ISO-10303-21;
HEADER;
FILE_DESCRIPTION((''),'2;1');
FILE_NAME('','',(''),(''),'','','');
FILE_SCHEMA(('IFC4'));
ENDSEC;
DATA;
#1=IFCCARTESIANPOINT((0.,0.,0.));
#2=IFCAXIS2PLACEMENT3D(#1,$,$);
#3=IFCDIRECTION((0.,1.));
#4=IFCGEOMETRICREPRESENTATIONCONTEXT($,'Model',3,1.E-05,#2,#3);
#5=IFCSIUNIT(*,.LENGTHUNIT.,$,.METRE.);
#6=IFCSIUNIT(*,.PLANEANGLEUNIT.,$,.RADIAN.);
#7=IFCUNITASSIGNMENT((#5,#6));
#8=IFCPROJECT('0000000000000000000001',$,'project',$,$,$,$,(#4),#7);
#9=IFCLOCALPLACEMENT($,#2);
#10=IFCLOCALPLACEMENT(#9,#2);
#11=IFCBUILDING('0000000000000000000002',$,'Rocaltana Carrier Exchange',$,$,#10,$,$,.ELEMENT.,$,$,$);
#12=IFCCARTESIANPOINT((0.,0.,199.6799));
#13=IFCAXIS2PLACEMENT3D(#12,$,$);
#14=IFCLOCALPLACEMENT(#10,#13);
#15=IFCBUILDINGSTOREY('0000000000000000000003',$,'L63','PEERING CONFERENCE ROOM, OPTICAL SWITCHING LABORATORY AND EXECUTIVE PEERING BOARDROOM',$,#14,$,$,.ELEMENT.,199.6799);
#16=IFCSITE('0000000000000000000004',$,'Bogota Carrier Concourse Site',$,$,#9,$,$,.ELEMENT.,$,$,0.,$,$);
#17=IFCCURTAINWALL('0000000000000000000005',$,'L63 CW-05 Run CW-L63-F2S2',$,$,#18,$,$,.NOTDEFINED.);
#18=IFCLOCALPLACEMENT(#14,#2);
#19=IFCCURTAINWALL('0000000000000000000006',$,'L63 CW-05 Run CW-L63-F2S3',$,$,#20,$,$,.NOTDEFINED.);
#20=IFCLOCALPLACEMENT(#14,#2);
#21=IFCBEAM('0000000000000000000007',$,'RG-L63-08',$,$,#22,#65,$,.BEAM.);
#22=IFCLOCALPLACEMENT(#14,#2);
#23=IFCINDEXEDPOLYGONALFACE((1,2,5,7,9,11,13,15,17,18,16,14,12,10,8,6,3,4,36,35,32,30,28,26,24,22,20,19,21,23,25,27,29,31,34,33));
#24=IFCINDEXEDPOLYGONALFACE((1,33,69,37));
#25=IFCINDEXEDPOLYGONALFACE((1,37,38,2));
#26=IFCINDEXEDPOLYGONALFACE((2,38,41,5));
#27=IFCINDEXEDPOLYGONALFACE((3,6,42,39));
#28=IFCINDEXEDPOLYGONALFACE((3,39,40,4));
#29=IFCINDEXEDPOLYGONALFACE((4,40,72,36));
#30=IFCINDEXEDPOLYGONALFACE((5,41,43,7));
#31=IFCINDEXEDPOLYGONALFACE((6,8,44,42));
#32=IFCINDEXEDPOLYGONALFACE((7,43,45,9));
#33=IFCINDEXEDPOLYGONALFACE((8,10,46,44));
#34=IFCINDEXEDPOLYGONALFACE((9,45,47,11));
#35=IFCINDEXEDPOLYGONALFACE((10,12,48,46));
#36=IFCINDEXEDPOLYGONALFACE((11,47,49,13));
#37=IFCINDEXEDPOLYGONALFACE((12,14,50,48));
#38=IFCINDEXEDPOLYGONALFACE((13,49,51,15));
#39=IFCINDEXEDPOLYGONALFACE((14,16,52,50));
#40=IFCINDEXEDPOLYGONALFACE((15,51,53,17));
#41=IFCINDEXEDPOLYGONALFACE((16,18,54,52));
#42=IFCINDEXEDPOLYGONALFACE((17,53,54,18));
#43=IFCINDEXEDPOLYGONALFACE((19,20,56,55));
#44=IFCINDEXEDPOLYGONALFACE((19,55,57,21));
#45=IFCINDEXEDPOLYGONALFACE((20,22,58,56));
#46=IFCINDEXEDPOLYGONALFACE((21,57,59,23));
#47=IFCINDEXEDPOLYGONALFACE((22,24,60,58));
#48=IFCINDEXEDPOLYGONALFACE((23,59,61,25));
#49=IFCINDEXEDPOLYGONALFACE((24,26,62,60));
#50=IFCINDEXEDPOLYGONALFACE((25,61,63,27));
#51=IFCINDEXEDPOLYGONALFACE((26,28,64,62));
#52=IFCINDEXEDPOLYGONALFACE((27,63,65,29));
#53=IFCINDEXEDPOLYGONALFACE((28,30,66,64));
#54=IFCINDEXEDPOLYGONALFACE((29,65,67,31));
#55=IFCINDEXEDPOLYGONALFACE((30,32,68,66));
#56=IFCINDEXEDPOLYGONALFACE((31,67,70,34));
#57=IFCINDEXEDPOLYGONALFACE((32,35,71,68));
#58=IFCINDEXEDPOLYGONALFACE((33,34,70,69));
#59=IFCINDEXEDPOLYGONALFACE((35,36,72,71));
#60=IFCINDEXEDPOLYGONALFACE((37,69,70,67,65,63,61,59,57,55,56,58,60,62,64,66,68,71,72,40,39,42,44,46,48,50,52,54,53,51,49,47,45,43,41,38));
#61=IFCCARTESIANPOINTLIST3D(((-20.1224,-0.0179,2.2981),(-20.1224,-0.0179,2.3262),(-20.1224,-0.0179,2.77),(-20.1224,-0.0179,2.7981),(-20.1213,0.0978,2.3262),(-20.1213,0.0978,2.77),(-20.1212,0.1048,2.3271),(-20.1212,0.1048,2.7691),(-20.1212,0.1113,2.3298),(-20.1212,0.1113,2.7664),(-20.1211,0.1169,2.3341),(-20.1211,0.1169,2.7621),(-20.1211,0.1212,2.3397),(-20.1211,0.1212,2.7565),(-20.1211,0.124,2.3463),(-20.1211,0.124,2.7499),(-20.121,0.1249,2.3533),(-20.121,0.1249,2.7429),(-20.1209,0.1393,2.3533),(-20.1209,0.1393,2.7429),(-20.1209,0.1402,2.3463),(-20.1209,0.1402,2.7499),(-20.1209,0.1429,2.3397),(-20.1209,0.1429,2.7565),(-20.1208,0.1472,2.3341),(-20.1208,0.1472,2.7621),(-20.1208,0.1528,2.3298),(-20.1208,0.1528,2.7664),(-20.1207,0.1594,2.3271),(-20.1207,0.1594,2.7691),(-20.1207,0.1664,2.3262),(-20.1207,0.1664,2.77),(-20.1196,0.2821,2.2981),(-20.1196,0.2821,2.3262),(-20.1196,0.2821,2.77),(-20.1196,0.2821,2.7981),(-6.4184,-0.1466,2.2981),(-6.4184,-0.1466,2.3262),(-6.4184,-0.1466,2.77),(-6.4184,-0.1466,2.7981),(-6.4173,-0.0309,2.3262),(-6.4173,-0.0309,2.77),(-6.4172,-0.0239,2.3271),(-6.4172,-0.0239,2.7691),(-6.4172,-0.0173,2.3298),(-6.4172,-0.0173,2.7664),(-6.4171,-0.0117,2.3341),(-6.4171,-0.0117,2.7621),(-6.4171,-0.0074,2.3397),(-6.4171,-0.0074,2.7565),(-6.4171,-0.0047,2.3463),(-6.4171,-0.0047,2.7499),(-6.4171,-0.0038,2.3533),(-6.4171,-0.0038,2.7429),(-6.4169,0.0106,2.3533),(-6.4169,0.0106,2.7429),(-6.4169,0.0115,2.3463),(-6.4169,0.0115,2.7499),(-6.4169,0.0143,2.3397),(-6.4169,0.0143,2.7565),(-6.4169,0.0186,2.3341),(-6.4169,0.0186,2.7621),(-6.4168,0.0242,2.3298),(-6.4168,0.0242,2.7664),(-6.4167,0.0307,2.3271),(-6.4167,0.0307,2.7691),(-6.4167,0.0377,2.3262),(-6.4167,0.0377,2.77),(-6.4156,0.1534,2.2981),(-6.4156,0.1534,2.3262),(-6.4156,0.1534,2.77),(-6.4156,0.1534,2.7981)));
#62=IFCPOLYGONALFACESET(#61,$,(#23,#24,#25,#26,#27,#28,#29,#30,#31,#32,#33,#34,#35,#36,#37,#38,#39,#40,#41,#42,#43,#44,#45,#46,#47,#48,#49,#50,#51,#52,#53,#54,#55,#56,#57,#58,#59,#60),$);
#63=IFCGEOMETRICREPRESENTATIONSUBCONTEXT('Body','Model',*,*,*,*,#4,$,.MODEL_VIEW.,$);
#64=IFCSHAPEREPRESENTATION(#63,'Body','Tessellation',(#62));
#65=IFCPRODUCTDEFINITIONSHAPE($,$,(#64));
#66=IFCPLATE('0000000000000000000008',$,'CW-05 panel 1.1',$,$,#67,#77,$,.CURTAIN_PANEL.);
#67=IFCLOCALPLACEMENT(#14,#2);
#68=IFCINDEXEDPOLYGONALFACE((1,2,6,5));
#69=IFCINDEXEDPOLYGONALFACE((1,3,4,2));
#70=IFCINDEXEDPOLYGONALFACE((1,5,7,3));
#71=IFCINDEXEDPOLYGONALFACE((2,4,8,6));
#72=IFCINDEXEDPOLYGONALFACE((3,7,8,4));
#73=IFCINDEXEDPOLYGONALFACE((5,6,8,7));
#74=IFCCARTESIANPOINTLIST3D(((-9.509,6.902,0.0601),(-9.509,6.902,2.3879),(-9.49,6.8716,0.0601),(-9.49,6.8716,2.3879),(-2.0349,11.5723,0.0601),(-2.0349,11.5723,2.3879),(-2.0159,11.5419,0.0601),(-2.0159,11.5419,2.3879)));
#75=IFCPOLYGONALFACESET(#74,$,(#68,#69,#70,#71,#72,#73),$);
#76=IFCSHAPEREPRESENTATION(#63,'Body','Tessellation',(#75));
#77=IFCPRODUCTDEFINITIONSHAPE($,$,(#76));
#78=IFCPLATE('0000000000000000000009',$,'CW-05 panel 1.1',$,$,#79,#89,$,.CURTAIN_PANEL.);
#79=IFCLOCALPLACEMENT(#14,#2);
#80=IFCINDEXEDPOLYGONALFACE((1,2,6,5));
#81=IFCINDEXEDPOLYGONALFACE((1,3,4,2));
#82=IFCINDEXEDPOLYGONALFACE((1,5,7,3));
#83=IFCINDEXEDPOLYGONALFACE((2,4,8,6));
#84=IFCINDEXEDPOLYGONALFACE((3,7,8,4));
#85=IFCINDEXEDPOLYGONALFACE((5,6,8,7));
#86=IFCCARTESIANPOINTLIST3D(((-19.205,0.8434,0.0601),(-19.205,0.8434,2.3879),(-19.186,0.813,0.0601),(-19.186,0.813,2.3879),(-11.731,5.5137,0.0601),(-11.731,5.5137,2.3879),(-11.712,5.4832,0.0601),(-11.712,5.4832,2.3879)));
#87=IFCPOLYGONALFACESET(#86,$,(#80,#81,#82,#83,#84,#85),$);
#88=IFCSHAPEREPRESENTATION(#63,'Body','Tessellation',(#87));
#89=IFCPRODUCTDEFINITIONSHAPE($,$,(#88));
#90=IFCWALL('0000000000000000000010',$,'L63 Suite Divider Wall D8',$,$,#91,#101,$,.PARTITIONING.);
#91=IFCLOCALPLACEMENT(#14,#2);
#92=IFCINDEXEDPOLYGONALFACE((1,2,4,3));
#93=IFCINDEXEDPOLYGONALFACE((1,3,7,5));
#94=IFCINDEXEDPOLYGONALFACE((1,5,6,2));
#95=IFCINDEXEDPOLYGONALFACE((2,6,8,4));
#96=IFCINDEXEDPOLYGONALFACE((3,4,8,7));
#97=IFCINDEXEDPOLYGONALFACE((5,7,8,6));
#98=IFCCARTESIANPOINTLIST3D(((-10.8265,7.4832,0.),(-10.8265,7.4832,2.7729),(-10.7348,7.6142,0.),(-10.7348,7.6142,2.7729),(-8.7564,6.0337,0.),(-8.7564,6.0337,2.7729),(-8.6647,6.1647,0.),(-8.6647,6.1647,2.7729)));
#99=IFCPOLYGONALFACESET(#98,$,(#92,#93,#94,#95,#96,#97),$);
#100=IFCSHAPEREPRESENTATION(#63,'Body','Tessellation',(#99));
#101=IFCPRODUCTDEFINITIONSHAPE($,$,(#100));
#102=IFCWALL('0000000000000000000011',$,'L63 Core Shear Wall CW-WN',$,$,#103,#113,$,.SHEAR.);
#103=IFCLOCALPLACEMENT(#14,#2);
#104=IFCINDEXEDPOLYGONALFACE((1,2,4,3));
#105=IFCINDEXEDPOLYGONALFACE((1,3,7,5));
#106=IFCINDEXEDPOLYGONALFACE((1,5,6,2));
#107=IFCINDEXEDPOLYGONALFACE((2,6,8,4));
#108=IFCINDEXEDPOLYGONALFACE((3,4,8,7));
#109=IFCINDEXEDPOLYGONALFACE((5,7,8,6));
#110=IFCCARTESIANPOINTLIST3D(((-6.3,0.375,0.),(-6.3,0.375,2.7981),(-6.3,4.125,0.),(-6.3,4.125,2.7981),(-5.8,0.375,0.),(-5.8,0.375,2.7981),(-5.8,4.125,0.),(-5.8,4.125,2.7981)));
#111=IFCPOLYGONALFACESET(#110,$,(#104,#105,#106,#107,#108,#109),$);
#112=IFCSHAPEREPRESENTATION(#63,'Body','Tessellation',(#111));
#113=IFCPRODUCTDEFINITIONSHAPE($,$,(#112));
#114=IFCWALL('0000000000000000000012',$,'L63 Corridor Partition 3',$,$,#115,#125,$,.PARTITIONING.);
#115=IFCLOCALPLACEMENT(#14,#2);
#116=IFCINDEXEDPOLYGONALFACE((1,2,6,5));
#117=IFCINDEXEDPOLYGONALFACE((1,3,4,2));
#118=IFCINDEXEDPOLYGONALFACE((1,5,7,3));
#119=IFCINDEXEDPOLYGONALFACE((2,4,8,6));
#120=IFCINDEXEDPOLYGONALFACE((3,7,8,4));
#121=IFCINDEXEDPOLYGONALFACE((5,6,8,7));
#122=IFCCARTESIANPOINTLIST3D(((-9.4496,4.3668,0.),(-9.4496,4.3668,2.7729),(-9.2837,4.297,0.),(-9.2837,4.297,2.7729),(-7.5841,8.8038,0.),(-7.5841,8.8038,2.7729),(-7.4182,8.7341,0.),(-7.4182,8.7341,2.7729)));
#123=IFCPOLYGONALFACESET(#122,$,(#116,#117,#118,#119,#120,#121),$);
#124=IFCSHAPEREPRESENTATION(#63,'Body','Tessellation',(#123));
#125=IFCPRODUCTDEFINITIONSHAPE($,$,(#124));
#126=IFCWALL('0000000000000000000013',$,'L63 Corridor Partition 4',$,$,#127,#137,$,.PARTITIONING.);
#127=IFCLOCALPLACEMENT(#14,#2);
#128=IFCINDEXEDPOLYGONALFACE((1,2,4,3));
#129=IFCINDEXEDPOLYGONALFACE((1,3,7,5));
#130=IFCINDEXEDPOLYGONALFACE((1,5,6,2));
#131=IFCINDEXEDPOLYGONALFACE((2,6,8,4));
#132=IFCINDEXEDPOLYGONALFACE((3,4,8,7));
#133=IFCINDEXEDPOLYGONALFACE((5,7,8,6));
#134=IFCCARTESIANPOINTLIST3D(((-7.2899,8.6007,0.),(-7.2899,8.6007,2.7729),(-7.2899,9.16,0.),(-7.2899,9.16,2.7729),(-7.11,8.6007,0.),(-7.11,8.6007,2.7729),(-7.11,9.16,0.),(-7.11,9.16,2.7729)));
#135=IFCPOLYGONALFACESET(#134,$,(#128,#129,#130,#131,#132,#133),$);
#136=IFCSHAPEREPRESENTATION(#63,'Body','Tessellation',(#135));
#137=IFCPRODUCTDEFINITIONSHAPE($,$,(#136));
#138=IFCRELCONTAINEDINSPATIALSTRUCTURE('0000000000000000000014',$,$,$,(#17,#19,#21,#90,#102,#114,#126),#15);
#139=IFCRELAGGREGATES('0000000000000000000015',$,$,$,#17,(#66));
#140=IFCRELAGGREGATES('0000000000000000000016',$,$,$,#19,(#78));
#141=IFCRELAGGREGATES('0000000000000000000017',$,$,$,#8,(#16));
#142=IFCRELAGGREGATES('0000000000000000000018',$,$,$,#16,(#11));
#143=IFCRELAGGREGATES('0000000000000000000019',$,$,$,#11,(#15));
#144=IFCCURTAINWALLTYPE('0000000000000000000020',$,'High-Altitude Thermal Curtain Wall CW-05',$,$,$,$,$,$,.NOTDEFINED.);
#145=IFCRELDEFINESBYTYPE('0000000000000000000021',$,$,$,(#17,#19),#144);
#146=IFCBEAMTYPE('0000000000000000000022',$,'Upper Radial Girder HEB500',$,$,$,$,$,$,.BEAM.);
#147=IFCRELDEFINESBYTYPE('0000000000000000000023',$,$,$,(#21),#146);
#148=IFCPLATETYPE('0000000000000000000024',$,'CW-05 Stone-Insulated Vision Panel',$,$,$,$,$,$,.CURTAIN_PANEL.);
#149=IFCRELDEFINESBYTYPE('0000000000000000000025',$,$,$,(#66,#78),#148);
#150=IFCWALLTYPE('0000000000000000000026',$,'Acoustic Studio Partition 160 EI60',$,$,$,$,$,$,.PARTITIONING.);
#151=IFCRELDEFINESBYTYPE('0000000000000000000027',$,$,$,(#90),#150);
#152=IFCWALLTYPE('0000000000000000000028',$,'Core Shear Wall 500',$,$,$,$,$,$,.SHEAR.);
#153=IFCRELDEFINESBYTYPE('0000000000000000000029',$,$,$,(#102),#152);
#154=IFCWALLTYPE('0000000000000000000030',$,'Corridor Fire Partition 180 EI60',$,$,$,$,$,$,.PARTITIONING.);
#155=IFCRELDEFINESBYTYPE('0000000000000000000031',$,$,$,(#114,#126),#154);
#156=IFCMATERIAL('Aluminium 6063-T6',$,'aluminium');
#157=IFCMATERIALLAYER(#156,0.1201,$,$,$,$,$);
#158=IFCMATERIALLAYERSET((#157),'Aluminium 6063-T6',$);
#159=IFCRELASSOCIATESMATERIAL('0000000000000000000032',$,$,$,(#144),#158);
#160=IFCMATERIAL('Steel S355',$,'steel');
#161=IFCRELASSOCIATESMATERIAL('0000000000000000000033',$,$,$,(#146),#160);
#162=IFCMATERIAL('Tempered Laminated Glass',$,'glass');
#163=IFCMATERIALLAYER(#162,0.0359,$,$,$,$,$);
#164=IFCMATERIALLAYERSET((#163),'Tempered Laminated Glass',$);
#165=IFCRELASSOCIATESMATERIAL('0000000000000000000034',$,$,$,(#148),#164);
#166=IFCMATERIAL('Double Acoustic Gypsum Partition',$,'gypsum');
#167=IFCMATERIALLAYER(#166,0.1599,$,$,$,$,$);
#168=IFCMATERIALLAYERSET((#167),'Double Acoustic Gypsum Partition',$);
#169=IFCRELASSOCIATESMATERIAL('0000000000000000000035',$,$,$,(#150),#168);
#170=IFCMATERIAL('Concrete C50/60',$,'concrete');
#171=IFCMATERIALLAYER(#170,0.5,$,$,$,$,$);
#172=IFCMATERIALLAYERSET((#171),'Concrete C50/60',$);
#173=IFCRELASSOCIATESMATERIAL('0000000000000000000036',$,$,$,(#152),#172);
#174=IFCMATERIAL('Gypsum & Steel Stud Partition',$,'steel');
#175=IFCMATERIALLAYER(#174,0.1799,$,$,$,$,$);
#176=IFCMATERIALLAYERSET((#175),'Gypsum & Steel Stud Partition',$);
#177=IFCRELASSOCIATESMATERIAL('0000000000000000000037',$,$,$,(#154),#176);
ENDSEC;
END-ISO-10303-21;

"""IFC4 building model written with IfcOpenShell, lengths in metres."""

from ifc_helpers import new_model, si_unit, direction, frame, frame_2d, origin, origin_2d, place, context, subcontext, project, spatial, rectangle, i_section, extrude, material, layer, layer_set, material_profile, profile_set, type_object, element, aggregate, save


model = new_model("IFC4")

# Units and contexts
model_context = context("Model", 3, precision=1e-05, world=origin(), true_north=direction((0.0, 1.0)))
body_context = subcontext(model_context, "Body", "Model", "MODEL_VIEW")
ifc_project = project(units=[si_unit("LENGTHUNIT", "METRE"), si_unit("PLANEANGLEUNIT", "RADIAN")], contexts=[model_context])

# Site, building, storey
site_placement = place(None, origin())
site = spatial("IfcSite", under=ifc_project, at=site_placement, Name="Bogota Carrier Concourse Site", CompositionType="ELEMENT", RefElevation=0.0)
building_placement = place(site_placement, origin())
building = spatial("IfcBuilding", under=site, at=building_placement, Name="Rocaltana Carrier Exchange", CompositionType="ELEMENT")
storey_placement = place(building_placement, frame((0.0, 0.0, 199.6799)))
storey = spatial("IfcBuildingStorey", under=building, at=storey_placement, Name="L63", Description="PEERING CONFERENCE ROOM, OPTICAL SWITCHING LABORATORY AND EXECUTIVE PEERING BOARDROOM", CompositionType="ELEMENT", Elevation=199.6799)

# Curtain wall
ifc_material_1 = material(Name="Aluminium 6063-T6", Category="aluminium")
ifc_layer_1 = layer(ifc_material_1, 0.1201)
ifc_layer_set_1 = layer_set([ifc_layer_1], Name="Aluminium 6063-T6")
curtain_wall_type = type_object("IfcCurtainWallType", Name="High-Altitude Thermal Curtain Wall CW-05", PredefinedType="NOTDEFINED", material=ifc_layer_set_1)
curtain_wall_1_placement = place(storey_placement, origin())
curtain_wall_1 = element("IfcCurtainWall", 1, at=curtain_wall_1_placement, inside=storey, type_object=curtain_wall_type, Name="L63 CW-05 Run CW-L63-F2S2", PredefinedType="NOTDEFINED")

# Curtain wall
curtain_wall_2_placement = place(storey_placement, origin())
curtain_wall_2 = element("IfcCurtainWall", 2, at=curtain_wall_2_placement, inside=storey, type_object=curtain_wall_type, Name="L63 CW-05 Run CW-L63-F2S3", PredefinedType="NOTDEFINED")

# Beam
ifc_material_2 = material(Name="Steel S355", Category="steel")
ifc_material_profile_1 = material_profile(ifc_material_2, i_section(OverallWidth=0.3, OverallDepth=0.5, WebThickness=0.0144, FlangeThickness=0.0281, FilletRadius=0.0271, at=origin_2d()), Name="HEB500")
ifc_profile_set_1 = profile_set([ifc_material_profile_1], Name="Steel S355")
beam_type_1 = type_object("IfcBeamType", Name="Upper Radial Girder HEB500", PredefinedType="BEAM", material=ifc_profile_set_1)
beam_1_placement = place(storey_placement, frame((-6.417, 0.0034, 2.5481), z_axis=(-0.999956, 0.009388, 0.0), x_axis=(-0.009388, -0.999956, 0.0)))
element("IfcBeam", 3, at=beam_1_placement, inside=storey, type_object=beam_type_1, Name="RG-L63-08", PredefinedType="BEAM", context=body_context, shape_type="SweptSolid", body=[
    extrude(i_section(OverallWidth=0.3, OverallDepth=0.5, WebThickness=0.0144, FlangeThickness=0.0281, FilletRadius=0.0271, at=origin_2d()), origin(), (0.0, 0.0, 1.0), 13.7046),
])

# Plates
ifc_material_3 = material(Name="Tempered Laminated Glass", Category="glass")
ifc_layer_2 = layer(ifc_material_3, 0.0359)
ifc_layer_set_2 = layer_set([ifc_layer_2], Name="Tempered Laminated Glass")
plate_type = type_object("IfcPlateType", Name="CW-05 Stone-Insulated Vision Panel", PredefinedType="CURTAIN_PANEL", material=ifc_layer_set_2)
plate_1_placement = place(storey_placement, frame((-5.7625, 9.2219, 0.0601), z_axis=(0.0, 0.0, 1.0), x_axis=(-0.848047, -0.52992, 0.0)))
plate_1 = element("IfcPlate", 4, at=plate_1_placement, type_object=plate_type, Name="CW-05 panel 1.1", PredefinedType="CURTAIN_PANEL", context=body_context, shape_type="SweptSolid", body=[
    extrude(rectangle(XDim=8.8132, YDim=0.0359, at=origin_2d()), origin(), (0.0, 0.0, 1.0), 2.3279),
])
aggregate(curtain_wall_1, [plate_1])
plate_2_placement = place(storey_placement, frame((-15.4585, 3.1633, 0.0601), z_axis=(0.0, 0.0, 1.0), x_axis=(-0.84805, -0.529915, 0.0)))
plate_2 = element("IfcPlate", 5, at=plate_2_placement, type_object=plate_type, Name="CW-05 panel 1.1", PredefinedType="CURTAIN_PANEL", context=body_context, shape_type="SweptSolid", body=[
    extrude(rectangle(XDim=8.8132, YDim=0.0359, at=origin_2d()), origin(), (0.0, 0.0, 1.0), 2.3279),
])
aggregate(curtain_wall_2, [plate_2])

# Walls
ifc_material_4 = material(Name="Double Acoustic Gypsum Partition", Category="gypsum")
ifc_layer_3 = layer(ifc_material_4, 0.1599)
ifc_layer_set_3 = layer_set([ifc_layer_3], Name="Double Acoustic Gypsum Partition")
wall_type_1 = type_object("IfcWallType", Name="Acoustic Studio Partition 160 EI60", PredefinedType="PARTITIONING", material=ifc_layer_set_3)
wall_1_placement = place(storey_placement, frame((-8.7104, 6.0991, 0.0), z_axis=(0.0, 0.0, 1.0), x_axis=(-0.819155, 0.573573, 0.0)))
element("IfcWall", 6, at=wall_1_placement, inside=storey, type_object=wall_type_1, Name="L63 Suite Divider Wall D8", PredefinedType="PARTITIONING", context=body_context, shape_type="SweptSolid", body=[
    extrude(rectangle(XDim=2.5271, YDim=0.1599, at=frame_2d((1.2637, 0.0))), origin(), (0.0, 0.0, 1.0), 2.7729),
])
ifc_material_5 = material(Name="Concrete C50/60", Category="concrete")
ifc_layer_4 = layer(ifc_material_5, 0.5)
ifc_layer_set_4 = layer_set([ifc_layer_4], Name="Concrete C50/60")
wall_type_2 = type_object("IfcWallType", Name="Core Shear Wall 500", PredefinedType="SHEAR", material=ifc_layer_set_4)
wall_2_placement = place(storey_placement, frame((-6.05, 0.375, 0.0), z_axis=(0.0, 0.0, 1.0), x_axis=(0.0, 1.0, 0.0)))
element("IfcWall", 7, at=wall_2_placement, inside=storey, type_object=wall_type_2, Name="L63 Core Shear Wall CW-WN", PredefinedType="SHEAR", context=body_context, shape_type="SweptSolid", body=[
    extrude(rectangle(XDim=3.75, YDim=0.5, at=frame_2d((1.875, 0.0))), origin(), (0.0, 0.0, 1.0), 2.7981),
])
ifc_material_6 = material(Name="Gypsum & Steel Stud Partition", Category="steel")
ifc_layer_5 = layer(ifc_material_6, 0.1799)
ifc_layer_set_5 = layer_set([ifc_layer_5], Name="Gypsum & Steel Stud Partition")
wall_type_3 = type_object("IfcWallType", Name="Corridor Fire Partition 180 EI60", PredefinedType="PARTITIONING", material=ifc_layer_set_5)
wall_3_placement = place(storey_placement, frame((-9.3667, 4.3318, 0.0), z_axis=(0.0, 0.0, 1.0), x_axis=(0.387574, 0.921839, 0.0)))
element("IfcWall", 8, at=wall_3_placement, inside=storey, type_object=wall_type_3, Name="L63 Corridor Partition 3", PredefinedType="PARTITIONING", context=body_context, shape_type="SweptSolid", body=[
    extrude(rectangle(XDim=4.8132, YDim=0.1799, at=frame_2d((2.4067, 0.0))), origin(), (0.0, 0.0, 1.0), 2.7729),
])
wall_4_placement = place(storey_placement, frame((-7.2, 8.6006, 0.0), z_axis=(0.0, 0.0, 1.0), x_axis=(0.0, 1.0, 0.0)))
element("IfcWall", 9, at=wall_4_placement, inside=storey, type_object=wall_type_3, Name="L63 Corridor Partition 4", PredefinedType="PARTITIONING", context=body_context, shape_type="SweptSolid", body=[
    extrude(rectangle(XDim=0.5593, YDim=0.1799, at=frame_2d((0.2798, 0.0))), origin(), (0.0, 0.0, 1.0), 2.7729),
])

save(model, "model.ifc")
